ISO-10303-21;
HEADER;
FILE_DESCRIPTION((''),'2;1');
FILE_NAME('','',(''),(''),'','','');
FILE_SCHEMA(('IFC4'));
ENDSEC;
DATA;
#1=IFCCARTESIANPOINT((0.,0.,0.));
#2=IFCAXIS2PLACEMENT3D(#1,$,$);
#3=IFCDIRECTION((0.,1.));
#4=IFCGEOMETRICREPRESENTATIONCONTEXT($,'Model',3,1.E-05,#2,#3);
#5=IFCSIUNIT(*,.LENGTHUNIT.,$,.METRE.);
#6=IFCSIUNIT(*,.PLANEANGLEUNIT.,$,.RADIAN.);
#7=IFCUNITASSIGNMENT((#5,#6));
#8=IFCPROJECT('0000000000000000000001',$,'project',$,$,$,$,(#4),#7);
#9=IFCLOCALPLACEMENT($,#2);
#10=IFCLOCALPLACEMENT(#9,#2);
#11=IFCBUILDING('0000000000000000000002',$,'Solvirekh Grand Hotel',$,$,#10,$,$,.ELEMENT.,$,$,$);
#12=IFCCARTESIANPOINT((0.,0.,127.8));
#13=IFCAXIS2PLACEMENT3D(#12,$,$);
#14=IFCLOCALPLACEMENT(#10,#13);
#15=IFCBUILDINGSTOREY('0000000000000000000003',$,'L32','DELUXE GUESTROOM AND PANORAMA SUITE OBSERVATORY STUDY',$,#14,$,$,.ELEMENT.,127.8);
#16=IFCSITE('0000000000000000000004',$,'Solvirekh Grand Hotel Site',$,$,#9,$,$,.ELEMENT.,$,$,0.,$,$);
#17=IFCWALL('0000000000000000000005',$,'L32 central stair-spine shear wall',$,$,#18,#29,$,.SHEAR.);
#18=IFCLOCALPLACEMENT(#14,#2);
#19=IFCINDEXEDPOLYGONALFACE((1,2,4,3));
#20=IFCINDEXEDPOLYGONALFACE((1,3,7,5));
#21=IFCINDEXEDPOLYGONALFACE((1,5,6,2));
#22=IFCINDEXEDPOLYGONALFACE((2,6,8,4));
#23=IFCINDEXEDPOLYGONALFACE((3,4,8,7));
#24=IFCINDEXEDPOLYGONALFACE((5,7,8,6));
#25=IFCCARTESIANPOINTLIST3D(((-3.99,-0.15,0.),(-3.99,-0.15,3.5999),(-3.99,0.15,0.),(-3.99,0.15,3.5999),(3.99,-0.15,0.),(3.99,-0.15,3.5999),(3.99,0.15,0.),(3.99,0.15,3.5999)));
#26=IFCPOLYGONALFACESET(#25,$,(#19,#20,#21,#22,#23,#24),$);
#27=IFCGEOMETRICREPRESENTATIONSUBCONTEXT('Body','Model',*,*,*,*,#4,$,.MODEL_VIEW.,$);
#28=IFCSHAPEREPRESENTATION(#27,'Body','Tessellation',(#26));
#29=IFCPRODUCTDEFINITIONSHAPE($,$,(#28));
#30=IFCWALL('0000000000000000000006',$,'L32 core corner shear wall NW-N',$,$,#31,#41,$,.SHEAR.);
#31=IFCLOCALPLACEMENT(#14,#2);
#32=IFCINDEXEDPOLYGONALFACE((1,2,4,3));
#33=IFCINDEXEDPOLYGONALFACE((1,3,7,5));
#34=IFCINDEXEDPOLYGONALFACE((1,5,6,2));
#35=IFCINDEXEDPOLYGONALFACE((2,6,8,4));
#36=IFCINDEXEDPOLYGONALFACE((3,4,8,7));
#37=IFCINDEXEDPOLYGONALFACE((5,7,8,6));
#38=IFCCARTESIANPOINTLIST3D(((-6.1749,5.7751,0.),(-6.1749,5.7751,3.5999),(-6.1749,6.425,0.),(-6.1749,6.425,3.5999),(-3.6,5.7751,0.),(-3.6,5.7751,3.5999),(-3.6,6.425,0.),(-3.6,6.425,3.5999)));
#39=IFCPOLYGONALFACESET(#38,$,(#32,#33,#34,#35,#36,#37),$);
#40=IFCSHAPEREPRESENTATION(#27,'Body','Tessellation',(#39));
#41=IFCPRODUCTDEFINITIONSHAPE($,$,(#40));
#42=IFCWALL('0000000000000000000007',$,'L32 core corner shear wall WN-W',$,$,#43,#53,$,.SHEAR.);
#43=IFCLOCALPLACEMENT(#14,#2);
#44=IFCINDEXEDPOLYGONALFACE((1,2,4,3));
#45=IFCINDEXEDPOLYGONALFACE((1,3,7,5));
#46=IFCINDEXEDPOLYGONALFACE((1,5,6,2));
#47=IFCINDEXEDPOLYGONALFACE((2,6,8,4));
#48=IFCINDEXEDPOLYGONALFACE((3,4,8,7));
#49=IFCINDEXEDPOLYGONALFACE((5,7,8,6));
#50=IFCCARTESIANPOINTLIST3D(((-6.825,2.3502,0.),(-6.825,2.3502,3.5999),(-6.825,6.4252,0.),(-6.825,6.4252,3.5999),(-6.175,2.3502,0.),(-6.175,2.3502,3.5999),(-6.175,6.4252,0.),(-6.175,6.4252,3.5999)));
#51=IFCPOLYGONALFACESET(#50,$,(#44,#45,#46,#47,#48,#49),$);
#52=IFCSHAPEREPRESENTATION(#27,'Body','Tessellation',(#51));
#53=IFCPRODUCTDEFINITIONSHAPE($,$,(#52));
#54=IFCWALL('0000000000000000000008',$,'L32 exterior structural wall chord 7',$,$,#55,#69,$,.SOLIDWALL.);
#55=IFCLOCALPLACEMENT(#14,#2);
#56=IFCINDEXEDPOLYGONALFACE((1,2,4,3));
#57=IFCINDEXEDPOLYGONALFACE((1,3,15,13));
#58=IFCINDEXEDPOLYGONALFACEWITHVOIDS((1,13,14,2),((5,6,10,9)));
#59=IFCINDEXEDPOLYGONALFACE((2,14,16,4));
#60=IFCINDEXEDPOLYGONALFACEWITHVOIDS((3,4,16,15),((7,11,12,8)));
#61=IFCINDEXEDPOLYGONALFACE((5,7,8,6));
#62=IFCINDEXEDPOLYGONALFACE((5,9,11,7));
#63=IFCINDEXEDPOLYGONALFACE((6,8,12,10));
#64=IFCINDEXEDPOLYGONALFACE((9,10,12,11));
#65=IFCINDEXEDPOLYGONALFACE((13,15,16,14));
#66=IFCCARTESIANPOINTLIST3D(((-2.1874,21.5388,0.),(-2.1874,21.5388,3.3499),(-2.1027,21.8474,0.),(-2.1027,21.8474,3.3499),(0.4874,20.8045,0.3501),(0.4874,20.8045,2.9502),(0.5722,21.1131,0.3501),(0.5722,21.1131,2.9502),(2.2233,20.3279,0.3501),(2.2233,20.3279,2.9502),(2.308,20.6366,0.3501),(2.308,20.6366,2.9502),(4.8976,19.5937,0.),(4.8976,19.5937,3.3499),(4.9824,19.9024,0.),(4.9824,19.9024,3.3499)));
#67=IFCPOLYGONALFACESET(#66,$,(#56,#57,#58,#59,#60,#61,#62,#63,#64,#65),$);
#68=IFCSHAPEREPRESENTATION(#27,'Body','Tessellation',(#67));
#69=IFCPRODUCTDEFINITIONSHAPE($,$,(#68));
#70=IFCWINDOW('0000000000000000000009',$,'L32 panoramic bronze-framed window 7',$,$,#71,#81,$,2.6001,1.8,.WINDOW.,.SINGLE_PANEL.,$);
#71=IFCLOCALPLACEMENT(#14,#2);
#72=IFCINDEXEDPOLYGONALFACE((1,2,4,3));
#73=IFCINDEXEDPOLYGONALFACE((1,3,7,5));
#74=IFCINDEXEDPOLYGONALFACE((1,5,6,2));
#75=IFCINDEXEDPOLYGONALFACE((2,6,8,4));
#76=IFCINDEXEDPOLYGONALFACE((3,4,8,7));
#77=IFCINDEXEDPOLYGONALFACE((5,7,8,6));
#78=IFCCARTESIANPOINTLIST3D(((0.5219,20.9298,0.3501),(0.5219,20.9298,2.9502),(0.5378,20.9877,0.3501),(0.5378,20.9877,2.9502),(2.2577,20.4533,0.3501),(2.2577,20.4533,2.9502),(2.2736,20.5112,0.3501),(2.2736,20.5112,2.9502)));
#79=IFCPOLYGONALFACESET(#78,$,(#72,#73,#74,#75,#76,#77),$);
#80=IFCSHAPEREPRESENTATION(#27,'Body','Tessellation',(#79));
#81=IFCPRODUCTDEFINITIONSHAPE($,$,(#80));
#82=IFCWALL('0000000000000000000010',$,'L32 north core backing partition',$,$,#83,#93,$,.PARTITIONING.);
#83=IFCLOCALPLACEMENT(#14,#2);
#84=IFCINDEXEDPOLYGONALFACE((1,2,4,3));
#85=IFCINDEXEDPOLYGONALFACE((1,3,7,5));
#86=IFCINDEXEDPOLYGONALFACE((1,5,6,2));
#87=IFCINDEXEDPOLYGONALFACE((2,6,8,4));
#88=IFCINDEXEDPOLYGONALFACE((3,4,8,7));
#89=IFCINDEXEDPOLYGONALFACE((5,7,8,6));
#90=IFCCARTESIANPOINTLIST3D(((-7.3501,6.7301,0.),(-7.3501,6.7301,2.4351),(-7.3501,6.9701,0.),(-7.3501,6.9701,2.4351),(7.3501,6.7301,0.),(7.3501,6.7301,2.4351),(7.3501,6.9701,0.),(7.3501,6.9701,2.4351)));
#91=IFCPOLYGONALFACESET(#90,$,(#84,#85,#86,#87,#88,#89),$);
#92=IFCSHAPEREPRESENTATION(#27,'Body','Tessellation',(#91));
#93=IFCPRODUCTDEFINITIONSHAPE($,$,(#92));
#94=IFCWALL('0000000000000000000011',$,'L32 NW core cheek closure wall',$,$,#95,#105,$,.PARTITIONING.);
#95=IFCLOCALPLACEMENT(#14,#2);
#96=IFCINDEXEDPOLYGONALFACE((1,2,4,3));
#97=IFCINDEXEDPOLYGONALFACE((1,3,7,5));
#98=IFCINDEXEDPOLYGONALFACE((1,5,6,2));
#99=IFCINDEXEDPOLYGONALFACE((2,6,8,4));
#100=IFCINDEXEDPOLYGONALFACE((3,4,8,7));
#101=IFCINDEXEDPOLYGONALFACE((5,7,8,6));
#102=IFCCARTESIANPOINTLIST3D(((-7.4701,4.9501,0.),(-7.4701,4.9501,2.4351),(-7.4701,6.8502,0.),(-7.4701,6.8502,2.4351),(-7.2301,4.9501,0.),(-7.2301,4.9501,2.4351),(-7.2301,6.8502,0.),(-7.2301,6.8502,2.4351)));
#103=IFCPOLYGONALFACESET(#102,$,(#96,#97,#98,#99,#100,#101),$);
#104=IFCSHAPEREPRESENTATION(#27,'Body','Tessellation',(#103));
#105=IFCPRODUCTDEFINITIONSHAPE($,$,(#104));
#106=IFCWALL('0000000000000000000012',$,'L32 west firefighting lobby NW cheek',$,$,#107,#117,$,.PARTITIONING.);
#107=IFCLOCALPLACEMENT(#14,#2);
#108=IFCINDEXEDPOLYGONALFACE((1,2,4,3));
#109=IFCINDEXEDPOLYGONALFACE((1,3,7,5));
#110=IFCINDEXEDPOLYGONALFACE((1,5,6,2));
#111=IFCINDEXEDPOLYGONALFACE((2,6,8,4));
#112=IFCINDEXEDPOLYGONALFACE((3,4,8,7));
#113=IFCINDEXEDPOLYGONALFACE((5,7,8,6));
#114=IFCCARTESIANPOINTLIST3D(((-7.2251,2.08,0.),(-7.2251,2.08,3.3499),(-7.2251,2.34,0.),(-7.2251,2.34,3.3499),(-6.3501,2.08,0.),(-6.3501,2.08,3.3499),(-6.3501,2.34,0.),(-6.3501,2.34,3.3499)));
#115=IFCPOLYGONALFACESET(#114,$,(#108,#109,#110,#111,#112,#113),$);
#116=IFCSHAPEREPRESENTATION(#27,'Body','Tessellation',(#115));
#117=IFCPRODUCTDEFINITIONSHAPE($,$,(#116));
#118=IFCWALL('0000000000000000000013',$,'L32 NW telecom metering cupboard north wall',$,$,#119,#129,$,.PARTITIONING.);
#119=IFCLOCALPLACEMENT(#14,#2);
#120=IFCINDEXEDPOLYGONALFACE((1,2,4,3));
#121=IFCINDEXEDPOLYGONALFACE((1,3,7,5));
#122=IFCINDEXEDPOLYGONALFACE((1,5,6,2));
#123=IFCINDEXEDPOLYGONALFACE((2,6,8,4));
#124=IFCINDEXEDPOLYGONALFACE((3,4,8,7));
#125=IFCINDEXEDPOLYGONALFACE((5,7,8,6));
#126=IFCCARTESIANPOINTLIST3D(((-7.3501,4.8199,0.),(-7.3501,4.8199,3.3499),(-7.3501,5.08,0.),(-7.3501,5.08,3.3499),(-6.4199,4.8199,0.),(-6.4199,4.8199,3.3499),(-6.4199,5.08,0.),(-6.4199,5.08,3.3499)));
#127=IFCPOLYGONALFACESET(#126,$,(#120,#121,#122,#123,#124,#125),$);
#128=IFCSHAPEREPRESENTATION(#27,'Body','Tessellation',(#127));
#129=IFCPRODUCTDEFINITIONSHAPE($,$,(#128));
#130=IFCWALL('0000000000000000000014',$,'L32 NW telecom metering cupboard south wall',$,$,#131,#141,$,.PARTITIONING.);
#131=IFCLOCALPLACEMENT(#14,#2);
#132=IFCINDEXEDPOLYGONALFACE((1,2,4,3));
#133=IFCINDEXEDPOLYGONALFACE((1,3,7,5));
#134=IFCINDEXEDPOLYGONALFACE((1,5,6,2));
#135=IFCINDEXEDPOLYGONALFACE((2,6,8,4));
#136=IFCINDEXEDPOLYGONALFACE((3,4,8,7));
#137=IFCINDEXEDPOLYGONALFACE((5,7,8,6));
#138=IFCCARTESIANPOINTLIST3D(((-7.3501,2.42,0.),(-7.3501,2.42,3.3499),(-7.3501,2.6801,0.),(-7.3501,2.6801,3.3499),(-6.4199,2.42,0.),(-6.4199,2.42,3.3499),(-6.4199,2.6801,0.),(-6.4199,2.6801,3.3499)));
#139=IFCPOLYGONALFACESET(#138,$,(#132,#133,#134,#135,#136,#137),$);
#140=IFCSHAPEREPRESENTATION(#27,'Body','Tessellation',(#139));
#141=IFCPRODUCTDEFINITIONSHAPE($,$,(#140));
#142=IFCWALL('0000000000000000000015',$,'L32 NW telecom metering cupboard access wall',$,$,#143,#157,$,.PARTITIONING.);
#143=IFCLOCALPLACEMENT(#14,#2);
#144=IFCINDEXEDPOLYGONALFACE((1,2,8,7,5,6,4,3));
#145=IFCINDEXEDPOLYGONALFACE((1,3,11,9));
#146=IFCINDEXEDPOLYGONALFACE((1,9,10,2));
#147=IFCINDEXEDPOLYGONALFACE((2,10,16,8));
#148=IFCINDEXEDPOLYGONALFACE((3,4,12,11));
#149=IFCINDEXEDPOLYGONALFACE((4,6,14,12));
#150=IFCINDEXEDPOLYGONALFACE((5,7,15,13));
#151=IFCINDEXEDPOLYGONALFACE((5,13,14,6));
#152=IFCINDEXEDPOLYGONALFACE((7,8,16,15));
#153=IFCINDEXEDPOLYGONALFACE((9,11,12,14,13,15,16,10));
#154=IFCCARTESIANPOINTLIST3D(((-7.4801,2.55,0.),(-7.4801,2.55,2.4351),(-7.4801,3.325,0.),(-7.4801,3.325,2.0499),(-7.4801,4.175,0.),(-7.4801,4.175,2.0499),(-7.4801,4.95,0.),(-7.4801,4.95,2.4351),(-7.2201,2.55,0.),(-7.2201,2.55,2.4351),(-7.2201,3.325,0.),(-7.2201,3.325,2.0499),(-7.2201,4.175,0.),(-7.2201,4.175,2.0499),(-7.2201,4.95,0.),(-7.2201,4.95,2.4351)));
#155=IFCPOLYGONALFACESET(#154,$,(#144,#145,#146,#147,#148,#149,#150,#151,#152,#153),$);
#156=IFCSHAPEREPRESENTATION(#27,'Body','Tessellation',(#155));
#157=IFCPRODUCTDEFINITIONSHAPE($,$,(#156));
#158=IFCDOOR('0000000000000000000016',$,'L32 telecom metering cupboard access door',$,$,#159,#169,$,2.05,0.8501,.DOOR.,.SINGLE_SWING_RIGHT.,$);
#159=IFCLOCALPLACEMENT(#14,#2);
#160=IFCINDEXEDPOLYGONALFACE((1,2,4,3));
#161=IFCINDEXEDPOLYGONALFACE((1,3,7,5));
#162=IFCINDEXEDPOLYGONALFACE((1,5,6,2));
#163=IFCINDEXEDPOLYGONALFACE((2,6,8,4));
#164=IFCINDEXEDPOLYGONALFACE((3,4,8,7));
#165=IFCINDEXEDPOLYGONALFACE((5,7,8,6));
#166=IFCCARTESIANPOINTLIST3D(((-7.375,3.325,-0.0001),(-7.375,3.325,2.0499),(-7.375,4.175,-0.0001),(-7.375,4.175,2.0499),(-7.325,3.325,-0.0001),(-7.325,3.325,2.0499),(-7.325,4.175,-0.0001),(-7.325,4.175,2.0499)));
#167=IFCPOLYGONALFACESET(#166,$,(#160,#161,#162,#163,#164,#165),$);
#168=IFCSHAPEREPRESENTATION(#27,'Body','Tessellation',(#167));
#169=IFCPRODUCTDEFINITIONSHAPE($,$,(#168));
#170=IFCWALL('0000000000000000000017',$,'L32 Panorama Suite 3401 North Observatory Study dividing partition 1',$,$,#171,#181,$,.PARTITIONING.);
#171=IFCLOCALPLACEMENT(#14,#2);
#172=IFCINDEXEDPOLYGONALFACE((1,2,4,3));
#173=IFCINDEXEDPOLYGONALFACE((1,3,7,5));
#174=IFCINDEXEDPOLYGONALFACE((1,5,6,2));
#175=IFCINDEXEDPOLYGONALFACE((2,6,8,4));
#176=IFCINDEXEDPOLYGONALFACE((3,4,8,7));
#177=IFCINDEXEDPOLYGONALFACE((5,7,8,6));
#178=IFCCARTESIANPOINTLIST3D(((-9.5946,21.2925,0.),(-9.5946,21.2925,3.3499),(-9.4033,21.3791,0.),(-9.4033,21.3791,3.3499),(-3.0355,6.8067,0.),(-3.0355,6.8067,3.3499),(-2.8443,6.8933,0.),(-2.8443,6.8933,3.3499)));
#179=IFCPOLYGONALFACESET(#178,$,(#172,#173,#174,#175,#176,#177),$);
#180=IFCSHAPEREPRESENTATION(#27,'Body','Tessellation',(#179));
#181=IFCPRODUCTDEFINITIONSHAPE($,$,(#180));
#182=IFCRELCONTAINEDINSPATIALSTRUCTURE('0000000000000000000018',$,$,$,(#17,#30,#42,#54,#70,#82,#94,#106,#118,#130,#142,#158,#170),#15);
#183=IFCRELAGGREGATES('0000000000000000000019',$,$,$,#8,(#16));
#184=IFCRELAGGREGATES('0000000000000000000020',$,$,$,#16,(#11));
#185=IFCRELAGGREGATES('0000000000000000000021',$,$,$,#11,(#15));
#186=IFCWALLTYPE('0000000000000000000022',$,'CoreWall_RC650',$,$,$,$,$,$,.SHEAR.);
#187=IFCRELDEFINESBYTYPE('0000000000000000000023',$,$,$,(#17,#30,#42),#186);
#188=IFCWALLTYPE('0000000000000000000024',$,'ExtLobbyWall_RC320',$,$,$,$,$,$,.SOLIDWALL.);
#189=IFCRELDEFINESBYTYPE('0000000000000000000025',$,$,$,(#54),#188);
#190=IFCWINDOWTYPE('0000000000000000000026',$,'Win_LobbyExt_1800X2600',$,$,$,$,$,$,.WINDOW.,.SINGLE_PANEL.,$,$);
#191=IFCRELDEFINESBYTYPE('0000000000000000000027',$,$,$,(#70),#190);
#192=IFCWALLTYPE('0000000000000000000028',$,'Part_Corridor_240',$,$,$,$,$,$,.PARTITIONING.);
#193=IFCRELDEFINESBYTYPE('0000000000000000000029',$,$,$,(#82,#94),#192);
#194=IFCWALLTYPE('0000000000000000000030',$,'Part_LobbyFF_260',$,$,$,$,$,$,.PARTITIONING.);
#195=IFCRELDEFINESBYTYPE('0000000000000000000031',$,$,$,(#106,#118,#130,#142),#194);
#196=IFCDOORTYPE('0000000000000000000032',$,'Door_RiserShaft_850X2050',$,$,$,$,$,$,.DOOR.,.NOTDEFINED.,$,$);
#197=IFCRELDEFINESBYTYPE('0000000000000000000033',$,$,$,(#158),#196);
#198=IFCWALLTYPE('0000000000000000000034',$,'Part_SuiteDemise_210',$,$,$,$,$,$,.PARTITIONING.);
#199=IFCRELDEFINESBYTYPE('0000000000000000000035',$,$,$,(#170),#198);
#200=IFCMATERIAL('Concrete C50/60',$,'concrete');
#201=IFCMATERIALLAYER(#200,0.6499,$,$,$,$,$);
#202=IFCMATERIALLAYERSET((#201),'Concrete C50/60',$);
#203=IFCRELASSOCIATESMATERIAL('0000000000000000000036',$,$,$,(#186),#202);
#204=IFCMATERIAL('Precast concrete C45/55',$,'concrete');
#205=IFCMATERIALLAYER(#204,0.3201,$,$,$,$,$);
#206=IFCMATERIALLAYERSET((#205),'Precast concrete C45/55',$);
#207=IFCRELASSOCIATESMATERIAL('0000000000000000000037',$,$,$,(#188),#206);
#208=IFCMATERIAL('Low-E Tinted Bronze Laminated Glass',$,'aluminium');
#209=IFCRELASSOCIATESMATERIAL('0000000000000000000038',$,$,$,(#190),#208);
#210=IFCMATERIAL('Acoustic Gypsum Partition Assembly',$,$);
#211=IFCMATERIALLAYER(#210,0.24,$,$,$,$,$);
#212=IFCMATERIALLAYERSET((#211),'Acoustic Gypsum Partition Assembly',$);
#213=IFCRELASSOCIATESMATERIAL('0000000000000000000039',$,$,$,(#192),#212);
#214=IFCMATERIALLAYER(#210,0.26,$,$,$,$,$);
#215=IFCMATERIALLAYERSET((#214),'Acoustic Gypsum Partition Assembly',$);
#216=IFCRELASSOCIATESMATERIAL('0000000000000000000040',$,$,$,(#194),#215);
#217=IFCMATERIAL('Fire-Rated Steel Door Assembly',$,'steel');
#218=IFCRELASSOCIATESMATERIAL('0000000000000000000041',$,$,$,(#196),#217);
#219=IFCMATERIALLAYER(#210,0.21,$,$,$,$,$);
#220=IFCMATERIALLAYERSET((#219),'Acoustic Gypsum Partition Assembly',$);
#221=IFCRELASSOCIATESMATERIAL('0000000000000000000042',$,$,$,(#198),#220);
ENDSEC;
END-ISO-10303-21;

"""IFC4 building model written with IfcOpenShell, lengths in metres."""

from ifc_helpers import new_model, si_unit, direction, frame, frame_2d, origin, place, context, subcontext, project, spatial, rectangle, extrude, material, layer, layer_set, type_object, element, fill, save


model = new_model("IFC4")

# Units and contexts
model_context = context("Model", 3, precision=1e-05, world=origin(), true_north=direction((0.0, 1.0)))
body_context = subcontext(model_context, "Body", "Model", "MODEL_VIEW")
ifc_project = project(units=[si_unit("LENGTHUNIT", "METRE"), si_unit("PLANEANGLEUNIT", "RADIAN")], contexts=[model_context])

# Site, building, storey
site_placement = place(None, origin())
site = spatial("IfcSite", under=ifc_project, at=site_placement, Name="Solvirekh Grand Hotel Site", CompositionType="ELEMENT", RefElevation=0.0)
building_placement = place(site_placement, origin())
building = spatial("IfcBuilding", under=site, at=building_placement, Name="Solvirekh Grand Hotel", CompositionType="ELEMENT")
storey_placement = place(building_placement, frame((0.0, 0.0, 127.8)))
storey = spatial("IfcBuildingStorey", under=building, at=storey_placement, Name="L32", Description="DELUXE GUESTROOM AND PANORAMA SUITE OBSERVATORY STUDY", CompositionType="ELEMENT", Elevation=127.8)

# Shared definitions
ifc_material_1 = material(Name="Concrete C50/60", Category="concrete")

# Shared definitions
ifc_material_2 = material(Name="Low-E Tinted Bronze Laminated Glass", Category="aluminium")

# Shared definitions
ifc_material_3 = material(Name="Fire-Rated Steel Door Assembly", Category="steel")

# Walls
ifc_layer_1 = layer(ifc_material_1, 0.6499)
ifc_layer_set_1 = layer_set([ifc_layer_1], Name="Concrete C50/60")
wall_type_1 = type_object("IfcWallType", Name="CoreWall_RC650", PredefinedType="SHEAR", material=ifc_layer_set_1)
wall_1_placement = place(storey_placement, frame((-3.99, 0.0, 0.0), z_axis=(0.0, 0.0, 1.0), x_axis=(1.0, 0.0, 0.0)))
element("IfcWall", 1, at=wall_1_placement, inside=storey, type_object=wall_type_1, Name="L32 central stair-spine shear wall", PredefinedType="SHEAR", context=body_context, shape_type="SweptSolid", body=[
    extrude(rectangle(XDim=7.98, YDim=0.3, at=frame_2d((3.99, 0.0))), origin(), (0.0, 0.0, 1.0), 3.5999),
])
wall_2_placement = place(storey_placement, frame((-6.175, 6.1001, 0.0), z_axis=(0.0, 0.0, 1.0), x_axis=(1.0, 0.0, 0.0)))
element("IfcWall", 2, at=wall_2_placement, inside=storey, type_object=wall_type_1, Name="L32 core corner shear wall NW-N", PredefinedType="SHEAR", context=body_context, shape_type="SweptSolid", body=[
    extrude(rectangle(XDim=2.575, YDim=0.6499, at=frame_2d((1.2876, 0.0))), origin(), (0.0, 0.0, 1.0), 3.5999),
])
wall_3_placement = place(storey_placement, frame((-6.5, 2.3501, 0.0), z_axis=(0.0, 0.0, 1.0), x_axis=(0.0, 1.0, 0.0)))
element("IfcWall", 3, at=wall_3_placement, inside=storey, type_object=wall_type_1, Name="L32 core corner shear wall WN-W", PredefinedType="SHEAR", context=body_context, shape_type="SweptSolid", body=[
    extrude(rectangle(XDim=4.075, YDim=0.6499, at=frame_2d((2.0376, 0.0))), origin(), (0.0, 0.0, 1.0), 3.5999),
])

# Wall, opening, window
ifc_material_4 = material(Name="Precast concrete C45/55", Category="concrete")
ifc_layer_2 = layer(ifc_material_4, 0.3201)
ifc_layer_set_2 = layer_set([ifc_layer_2], Name="Precast concrete C45/55")
wall_type_2 = type_object("IfcWallType", Name="ExtLobbyWall_RC320", PredefinedType="SOLIDWALL", material=ifc_layer_set_2)
wall_4_placement = place(storey_placement, frame((-2.145, 21.6931, 0.0), z_axis=(0.0, 0.0, 1.0), x_axis=(0.96432, -0.264739, 0.0)))
wall_4 = element("IfcWall", 4, at=wall_4_placement, inside=storey, type_object=wall_type_2, Name="L32 exterior structural wall chord 7", PredefinedType="SOLIDWALL", context=body_context, shape_type="SweptSolid", body=[
    extrude(rectangle(XDim=7.3472, YDim=0.3201, at=frame_2d((3.6736, 0.0))), origin(), (0.0, 0.0, 1.0), 3.3499),
])
opening_1_placement = place(wall_4_placement, frame((2.7739, 0.0, 0.3501)))
opening_1 = element("IfcOpeningElement", 5, at=opening_1_placement, cuts=wall_4, PredefinedType="OPENING", context=body_context, shape_type="SweptSolid", body=[
    extrude(rectangle(XDim=1.8, YDim=2.6001, at=frame_2d((0.8999, 1.3))), frame((0.0, 0.1699, 0.0), z_axis=(0.0, -1.0, 0.0), x_axis=(1.0, 0.0, 0.0)), (0.0, 0.0, 1.0), 0.3401),
])
window_type = type_object("IfcWindowType", Name="Win_LobbyExt_1800X2600", PartitioningType="SINGLE_PANEL", PredefinedType="WINDOW", material=ifc_material_2)
window_placement = place(opening_1_placement, origin())
window = element("IfcWindow", 6, at=window_placement, inside=storey, type_object=window_type, Name="L32 panoramic bronze-framed window 7", OverallHeight=2.6001, OverallWidth=1.8, PartitioningType="SINGLE_PANEL", PredefinedType="WINDOW", context=body_context, shape_type="SweptSolid", body=[
    extrude(rectangle(XDim=1.8, YDim=2.6001, at=frame_2d((0.8999, 1.3))), frame((0.0, 0.03, 0.0), z_axis=(0.0, -1.0, 0.0), x_axis=(1.0, 0.0, 0.0)), (0.0, 0.0, 1.0), 0.0601),
])
fill(opening_1, window)

# Walls
ifc_material_5 = material(Name="Acoustic Gypsum Partition Assembly")
ifc_layer_3 = layer(ifc_material_5, 0.24)
ifc_layer_set_3 = layer_set([ifc_layer_3], Name="Acoustic Gypsum Partition Assembly")
wall_type_3 = type_object("IfcWallType", Name="Part_Corridor_240", PredefinedType="PARTITIONING", material=ifc_layer_set_3)
wall_5_placement = place(storey_placement, frame((-7.3501, 6.8501, 0.0), z_axis=(0.0, 0.0, 1.0), x_axis=(1.0, 0.0, 0.0)))
element("IfcWall", 7, at=wall_5_placement, inside=storey, type_object=wall_type_3, Name="L32 north core backing partition", PredefinedType="PARTITIONING", context=body_context, shape_type="SweptSolid", body=[
    extrude(rectangle(XDim=14.7002, YDim=0.24, at=frame_2d((7.3501, 0.0))), origin(), (0.0, 0.0, 1.0), 2.4351),
])
wall_6_placement = place(storey_placement, frame((-7.3501, 4.95, 0.0), z_axis=(0.0, 0.0, 1.0), x_axis=(0.0, 1.0, 0.0)))
element("IfcWall", 8, at=wall_6_placement, inside=storey, type_object=wall_type_3, Name="L32 NW core cheek closure wall", PredefinedType="PARTITIONING", context=body_context, shape_type="SweptSolid", body=[
    extrude(rectangle(XDim=1.9001, YDim=0.24, at=frame_2d((0.9502, 0.0))), origin(), (0.0, 0.0, 1.0), 2.4351),
])
ifc_layer_4 = layer(ifc_material_5, 0.26)
ifc_layer_set_4 = layer_set([ifc_layer_4], Name="Acoustic Gypsum Partition Assembly")
wall_type_4 = type_object("IfcWallType", Name="Part_LobbyFF_260", PredefinedType="PARTITIONING", material=ifc_layer_set_4)
wall_7_placement = place(storey_placement, frame((-7.2251, 2.21, 0.0), z_axis=(0.0, 0.0, 1.0), x_axis=(1.0, 0.0, 0.0)))
element("IfcWall", 9, at=wall_7_placement, inside=storey, type_object=wall_type_4, Name="L32 west firefighting lobby NW cheek", PredefinedType="PARTITIONING", context=body_context, shape_type="SweptSolid", body=[
    extrude(rectangle(XDim=0.875, YDim=0.26, at=frame_2d((0.4375, 0.0))), origin(), (0.0, 0.0, 1.0), 3.3499),
])
for number, where, z_axis, x_axis, name in (
    (10, (-7.3501, 4.95, 0.0), (0.0, 0.0, 1.0), (1.0, 0.0, 0.0), "L32 NW telecom metering cupboard north wall"),
    (11, (-7.3501, 2.55, 0.0), (0.0, 0.0, 1.0), (1.0, 0.0, 0.0), "L32 NW telecom metering cupboard south wall"),
):
    element("IfcWall", number, at=place(storey_placement, frame(where, z_axis=z_axis, x_axis=x_axis)), inside=storey, type_object=wall_type_4, Name=name, PredefinedType="PARTITIONING", context=body_context, shape_type="SweptSolid", body=[
        extrude(rectangle(XDim=0.9302, YDim=0.26, at=frame_2d((0.4651, 0.0))), origin(), (0.0, 0.0, 1.0), 3.3499),
    ])

# Wall, opening, door
wall_8_placement = place(storey_placement, frame((-7.3501, 2.55, 0.0), z_axis=(0.0, 0.0, 1.0), x_axis=(0.0, 1.0, 0.0)))
wall_8 = element("IfcWall", 12, at=wall_8_placement, inside=storey, type_object=wall_type_4, Name="L32 NW telecom metering cupboard access wall", PredefinedType="PARTITIONING", context=body_context, shape_type="SweptSolid", body=[
    extrude(rectangle(XDim=2.3999, YDim=0.26, at=frame_2d((1.2, 0.0))), origin(), (0.0, 0.0, 1.0), 2.4351),
])
opening_2_placement = place(wall_8_placement, frame((0.7749, 0.0, 0.0)))
opening_2 = element("IfcOpeningElement", 13, at=opening_2_placement, cuts=wall_8, PredefinedType="OPENING", context=body_context, shape_type="SweptSolid", body=[
    extrude(rectangle(XDim=0.8501, YDim=2.05, at=frame_2d((0.425, 1.0249))), frame((0.0, 0.1401, 0.0), z_axis=(0.0, -1.0, 0.0), x_axis=(1.0, 0.0, 0.0)), (0.0, 0.0, 1.0), 0.28),
])
door_type_1 = type_object("IfcDoorType", Name="Door_RiserShaft_850X2050", OperationType="NOTDEFINED", PredefinedType="DOOR", material=ifc_material_3)
door_1_placement = place(opening_2_placement, origin())
door_1 = element("IfcDoor", 14, at=door_1_placement, inside=storey, type_object=door_type_1, Name="L32 telecom metering cupboard access door", OperationType="SINGLE_SWING_RIGHT", OverallHeight=2.05, OverallWidth=0.8501, PredefinedType="DOOR", context=body_context, shape_type="SweptSolid", body=[
    extrude(rectangle(XDim=0.8501, YDim=2.05, at=frame_2d((0.425, 1.0249))), frame((0.0, 0.0249, 0.0), z_axis=(0.0, -1.0, 0.0), x_axis=(1.0, 0.0, 0.0)), (0.0, 0.0, 1.0), 0.05),
])
fill(opening_2, door_1)

# Wall
ifc_layer_5 = layer(ifc_material_5, 0.21)
ifc_layer_set_5 = layer_set([ifc_layer_5], Name="Acoustic Gypsum Partition Assembly")
wall_type_5 = type_object("IfcWallType", Name="Part_SuiteDemise_210", PredefinedType="PARTITIONING", material=ifc_layer_set_5)
wall_9_placement = place(storey_placement, frame((-2.9399, 6.8501, 0.0), z_axis=(0.0, 0.0, 1.0), x_axis=(-0.412479, 0.910967, 0.0)))
element("IfcWall", 15, at=wall_9_placement, inside=storey, type_object=wall_type_5, Name="L32 Panorama Suite 3401 North Observatory Study dividing partition 1", PredefinedType="PARTITIONING", context=body_context, shape_type="SweptSolid", body=[
    extrude(rectangle(XDim=15.9016, YDim=0.21, at=frame_2d((7.9507, 0.0))), origin(), (0.0, 0.0, 1.0), 3.3499),
])

save(model, "model.ifc")
